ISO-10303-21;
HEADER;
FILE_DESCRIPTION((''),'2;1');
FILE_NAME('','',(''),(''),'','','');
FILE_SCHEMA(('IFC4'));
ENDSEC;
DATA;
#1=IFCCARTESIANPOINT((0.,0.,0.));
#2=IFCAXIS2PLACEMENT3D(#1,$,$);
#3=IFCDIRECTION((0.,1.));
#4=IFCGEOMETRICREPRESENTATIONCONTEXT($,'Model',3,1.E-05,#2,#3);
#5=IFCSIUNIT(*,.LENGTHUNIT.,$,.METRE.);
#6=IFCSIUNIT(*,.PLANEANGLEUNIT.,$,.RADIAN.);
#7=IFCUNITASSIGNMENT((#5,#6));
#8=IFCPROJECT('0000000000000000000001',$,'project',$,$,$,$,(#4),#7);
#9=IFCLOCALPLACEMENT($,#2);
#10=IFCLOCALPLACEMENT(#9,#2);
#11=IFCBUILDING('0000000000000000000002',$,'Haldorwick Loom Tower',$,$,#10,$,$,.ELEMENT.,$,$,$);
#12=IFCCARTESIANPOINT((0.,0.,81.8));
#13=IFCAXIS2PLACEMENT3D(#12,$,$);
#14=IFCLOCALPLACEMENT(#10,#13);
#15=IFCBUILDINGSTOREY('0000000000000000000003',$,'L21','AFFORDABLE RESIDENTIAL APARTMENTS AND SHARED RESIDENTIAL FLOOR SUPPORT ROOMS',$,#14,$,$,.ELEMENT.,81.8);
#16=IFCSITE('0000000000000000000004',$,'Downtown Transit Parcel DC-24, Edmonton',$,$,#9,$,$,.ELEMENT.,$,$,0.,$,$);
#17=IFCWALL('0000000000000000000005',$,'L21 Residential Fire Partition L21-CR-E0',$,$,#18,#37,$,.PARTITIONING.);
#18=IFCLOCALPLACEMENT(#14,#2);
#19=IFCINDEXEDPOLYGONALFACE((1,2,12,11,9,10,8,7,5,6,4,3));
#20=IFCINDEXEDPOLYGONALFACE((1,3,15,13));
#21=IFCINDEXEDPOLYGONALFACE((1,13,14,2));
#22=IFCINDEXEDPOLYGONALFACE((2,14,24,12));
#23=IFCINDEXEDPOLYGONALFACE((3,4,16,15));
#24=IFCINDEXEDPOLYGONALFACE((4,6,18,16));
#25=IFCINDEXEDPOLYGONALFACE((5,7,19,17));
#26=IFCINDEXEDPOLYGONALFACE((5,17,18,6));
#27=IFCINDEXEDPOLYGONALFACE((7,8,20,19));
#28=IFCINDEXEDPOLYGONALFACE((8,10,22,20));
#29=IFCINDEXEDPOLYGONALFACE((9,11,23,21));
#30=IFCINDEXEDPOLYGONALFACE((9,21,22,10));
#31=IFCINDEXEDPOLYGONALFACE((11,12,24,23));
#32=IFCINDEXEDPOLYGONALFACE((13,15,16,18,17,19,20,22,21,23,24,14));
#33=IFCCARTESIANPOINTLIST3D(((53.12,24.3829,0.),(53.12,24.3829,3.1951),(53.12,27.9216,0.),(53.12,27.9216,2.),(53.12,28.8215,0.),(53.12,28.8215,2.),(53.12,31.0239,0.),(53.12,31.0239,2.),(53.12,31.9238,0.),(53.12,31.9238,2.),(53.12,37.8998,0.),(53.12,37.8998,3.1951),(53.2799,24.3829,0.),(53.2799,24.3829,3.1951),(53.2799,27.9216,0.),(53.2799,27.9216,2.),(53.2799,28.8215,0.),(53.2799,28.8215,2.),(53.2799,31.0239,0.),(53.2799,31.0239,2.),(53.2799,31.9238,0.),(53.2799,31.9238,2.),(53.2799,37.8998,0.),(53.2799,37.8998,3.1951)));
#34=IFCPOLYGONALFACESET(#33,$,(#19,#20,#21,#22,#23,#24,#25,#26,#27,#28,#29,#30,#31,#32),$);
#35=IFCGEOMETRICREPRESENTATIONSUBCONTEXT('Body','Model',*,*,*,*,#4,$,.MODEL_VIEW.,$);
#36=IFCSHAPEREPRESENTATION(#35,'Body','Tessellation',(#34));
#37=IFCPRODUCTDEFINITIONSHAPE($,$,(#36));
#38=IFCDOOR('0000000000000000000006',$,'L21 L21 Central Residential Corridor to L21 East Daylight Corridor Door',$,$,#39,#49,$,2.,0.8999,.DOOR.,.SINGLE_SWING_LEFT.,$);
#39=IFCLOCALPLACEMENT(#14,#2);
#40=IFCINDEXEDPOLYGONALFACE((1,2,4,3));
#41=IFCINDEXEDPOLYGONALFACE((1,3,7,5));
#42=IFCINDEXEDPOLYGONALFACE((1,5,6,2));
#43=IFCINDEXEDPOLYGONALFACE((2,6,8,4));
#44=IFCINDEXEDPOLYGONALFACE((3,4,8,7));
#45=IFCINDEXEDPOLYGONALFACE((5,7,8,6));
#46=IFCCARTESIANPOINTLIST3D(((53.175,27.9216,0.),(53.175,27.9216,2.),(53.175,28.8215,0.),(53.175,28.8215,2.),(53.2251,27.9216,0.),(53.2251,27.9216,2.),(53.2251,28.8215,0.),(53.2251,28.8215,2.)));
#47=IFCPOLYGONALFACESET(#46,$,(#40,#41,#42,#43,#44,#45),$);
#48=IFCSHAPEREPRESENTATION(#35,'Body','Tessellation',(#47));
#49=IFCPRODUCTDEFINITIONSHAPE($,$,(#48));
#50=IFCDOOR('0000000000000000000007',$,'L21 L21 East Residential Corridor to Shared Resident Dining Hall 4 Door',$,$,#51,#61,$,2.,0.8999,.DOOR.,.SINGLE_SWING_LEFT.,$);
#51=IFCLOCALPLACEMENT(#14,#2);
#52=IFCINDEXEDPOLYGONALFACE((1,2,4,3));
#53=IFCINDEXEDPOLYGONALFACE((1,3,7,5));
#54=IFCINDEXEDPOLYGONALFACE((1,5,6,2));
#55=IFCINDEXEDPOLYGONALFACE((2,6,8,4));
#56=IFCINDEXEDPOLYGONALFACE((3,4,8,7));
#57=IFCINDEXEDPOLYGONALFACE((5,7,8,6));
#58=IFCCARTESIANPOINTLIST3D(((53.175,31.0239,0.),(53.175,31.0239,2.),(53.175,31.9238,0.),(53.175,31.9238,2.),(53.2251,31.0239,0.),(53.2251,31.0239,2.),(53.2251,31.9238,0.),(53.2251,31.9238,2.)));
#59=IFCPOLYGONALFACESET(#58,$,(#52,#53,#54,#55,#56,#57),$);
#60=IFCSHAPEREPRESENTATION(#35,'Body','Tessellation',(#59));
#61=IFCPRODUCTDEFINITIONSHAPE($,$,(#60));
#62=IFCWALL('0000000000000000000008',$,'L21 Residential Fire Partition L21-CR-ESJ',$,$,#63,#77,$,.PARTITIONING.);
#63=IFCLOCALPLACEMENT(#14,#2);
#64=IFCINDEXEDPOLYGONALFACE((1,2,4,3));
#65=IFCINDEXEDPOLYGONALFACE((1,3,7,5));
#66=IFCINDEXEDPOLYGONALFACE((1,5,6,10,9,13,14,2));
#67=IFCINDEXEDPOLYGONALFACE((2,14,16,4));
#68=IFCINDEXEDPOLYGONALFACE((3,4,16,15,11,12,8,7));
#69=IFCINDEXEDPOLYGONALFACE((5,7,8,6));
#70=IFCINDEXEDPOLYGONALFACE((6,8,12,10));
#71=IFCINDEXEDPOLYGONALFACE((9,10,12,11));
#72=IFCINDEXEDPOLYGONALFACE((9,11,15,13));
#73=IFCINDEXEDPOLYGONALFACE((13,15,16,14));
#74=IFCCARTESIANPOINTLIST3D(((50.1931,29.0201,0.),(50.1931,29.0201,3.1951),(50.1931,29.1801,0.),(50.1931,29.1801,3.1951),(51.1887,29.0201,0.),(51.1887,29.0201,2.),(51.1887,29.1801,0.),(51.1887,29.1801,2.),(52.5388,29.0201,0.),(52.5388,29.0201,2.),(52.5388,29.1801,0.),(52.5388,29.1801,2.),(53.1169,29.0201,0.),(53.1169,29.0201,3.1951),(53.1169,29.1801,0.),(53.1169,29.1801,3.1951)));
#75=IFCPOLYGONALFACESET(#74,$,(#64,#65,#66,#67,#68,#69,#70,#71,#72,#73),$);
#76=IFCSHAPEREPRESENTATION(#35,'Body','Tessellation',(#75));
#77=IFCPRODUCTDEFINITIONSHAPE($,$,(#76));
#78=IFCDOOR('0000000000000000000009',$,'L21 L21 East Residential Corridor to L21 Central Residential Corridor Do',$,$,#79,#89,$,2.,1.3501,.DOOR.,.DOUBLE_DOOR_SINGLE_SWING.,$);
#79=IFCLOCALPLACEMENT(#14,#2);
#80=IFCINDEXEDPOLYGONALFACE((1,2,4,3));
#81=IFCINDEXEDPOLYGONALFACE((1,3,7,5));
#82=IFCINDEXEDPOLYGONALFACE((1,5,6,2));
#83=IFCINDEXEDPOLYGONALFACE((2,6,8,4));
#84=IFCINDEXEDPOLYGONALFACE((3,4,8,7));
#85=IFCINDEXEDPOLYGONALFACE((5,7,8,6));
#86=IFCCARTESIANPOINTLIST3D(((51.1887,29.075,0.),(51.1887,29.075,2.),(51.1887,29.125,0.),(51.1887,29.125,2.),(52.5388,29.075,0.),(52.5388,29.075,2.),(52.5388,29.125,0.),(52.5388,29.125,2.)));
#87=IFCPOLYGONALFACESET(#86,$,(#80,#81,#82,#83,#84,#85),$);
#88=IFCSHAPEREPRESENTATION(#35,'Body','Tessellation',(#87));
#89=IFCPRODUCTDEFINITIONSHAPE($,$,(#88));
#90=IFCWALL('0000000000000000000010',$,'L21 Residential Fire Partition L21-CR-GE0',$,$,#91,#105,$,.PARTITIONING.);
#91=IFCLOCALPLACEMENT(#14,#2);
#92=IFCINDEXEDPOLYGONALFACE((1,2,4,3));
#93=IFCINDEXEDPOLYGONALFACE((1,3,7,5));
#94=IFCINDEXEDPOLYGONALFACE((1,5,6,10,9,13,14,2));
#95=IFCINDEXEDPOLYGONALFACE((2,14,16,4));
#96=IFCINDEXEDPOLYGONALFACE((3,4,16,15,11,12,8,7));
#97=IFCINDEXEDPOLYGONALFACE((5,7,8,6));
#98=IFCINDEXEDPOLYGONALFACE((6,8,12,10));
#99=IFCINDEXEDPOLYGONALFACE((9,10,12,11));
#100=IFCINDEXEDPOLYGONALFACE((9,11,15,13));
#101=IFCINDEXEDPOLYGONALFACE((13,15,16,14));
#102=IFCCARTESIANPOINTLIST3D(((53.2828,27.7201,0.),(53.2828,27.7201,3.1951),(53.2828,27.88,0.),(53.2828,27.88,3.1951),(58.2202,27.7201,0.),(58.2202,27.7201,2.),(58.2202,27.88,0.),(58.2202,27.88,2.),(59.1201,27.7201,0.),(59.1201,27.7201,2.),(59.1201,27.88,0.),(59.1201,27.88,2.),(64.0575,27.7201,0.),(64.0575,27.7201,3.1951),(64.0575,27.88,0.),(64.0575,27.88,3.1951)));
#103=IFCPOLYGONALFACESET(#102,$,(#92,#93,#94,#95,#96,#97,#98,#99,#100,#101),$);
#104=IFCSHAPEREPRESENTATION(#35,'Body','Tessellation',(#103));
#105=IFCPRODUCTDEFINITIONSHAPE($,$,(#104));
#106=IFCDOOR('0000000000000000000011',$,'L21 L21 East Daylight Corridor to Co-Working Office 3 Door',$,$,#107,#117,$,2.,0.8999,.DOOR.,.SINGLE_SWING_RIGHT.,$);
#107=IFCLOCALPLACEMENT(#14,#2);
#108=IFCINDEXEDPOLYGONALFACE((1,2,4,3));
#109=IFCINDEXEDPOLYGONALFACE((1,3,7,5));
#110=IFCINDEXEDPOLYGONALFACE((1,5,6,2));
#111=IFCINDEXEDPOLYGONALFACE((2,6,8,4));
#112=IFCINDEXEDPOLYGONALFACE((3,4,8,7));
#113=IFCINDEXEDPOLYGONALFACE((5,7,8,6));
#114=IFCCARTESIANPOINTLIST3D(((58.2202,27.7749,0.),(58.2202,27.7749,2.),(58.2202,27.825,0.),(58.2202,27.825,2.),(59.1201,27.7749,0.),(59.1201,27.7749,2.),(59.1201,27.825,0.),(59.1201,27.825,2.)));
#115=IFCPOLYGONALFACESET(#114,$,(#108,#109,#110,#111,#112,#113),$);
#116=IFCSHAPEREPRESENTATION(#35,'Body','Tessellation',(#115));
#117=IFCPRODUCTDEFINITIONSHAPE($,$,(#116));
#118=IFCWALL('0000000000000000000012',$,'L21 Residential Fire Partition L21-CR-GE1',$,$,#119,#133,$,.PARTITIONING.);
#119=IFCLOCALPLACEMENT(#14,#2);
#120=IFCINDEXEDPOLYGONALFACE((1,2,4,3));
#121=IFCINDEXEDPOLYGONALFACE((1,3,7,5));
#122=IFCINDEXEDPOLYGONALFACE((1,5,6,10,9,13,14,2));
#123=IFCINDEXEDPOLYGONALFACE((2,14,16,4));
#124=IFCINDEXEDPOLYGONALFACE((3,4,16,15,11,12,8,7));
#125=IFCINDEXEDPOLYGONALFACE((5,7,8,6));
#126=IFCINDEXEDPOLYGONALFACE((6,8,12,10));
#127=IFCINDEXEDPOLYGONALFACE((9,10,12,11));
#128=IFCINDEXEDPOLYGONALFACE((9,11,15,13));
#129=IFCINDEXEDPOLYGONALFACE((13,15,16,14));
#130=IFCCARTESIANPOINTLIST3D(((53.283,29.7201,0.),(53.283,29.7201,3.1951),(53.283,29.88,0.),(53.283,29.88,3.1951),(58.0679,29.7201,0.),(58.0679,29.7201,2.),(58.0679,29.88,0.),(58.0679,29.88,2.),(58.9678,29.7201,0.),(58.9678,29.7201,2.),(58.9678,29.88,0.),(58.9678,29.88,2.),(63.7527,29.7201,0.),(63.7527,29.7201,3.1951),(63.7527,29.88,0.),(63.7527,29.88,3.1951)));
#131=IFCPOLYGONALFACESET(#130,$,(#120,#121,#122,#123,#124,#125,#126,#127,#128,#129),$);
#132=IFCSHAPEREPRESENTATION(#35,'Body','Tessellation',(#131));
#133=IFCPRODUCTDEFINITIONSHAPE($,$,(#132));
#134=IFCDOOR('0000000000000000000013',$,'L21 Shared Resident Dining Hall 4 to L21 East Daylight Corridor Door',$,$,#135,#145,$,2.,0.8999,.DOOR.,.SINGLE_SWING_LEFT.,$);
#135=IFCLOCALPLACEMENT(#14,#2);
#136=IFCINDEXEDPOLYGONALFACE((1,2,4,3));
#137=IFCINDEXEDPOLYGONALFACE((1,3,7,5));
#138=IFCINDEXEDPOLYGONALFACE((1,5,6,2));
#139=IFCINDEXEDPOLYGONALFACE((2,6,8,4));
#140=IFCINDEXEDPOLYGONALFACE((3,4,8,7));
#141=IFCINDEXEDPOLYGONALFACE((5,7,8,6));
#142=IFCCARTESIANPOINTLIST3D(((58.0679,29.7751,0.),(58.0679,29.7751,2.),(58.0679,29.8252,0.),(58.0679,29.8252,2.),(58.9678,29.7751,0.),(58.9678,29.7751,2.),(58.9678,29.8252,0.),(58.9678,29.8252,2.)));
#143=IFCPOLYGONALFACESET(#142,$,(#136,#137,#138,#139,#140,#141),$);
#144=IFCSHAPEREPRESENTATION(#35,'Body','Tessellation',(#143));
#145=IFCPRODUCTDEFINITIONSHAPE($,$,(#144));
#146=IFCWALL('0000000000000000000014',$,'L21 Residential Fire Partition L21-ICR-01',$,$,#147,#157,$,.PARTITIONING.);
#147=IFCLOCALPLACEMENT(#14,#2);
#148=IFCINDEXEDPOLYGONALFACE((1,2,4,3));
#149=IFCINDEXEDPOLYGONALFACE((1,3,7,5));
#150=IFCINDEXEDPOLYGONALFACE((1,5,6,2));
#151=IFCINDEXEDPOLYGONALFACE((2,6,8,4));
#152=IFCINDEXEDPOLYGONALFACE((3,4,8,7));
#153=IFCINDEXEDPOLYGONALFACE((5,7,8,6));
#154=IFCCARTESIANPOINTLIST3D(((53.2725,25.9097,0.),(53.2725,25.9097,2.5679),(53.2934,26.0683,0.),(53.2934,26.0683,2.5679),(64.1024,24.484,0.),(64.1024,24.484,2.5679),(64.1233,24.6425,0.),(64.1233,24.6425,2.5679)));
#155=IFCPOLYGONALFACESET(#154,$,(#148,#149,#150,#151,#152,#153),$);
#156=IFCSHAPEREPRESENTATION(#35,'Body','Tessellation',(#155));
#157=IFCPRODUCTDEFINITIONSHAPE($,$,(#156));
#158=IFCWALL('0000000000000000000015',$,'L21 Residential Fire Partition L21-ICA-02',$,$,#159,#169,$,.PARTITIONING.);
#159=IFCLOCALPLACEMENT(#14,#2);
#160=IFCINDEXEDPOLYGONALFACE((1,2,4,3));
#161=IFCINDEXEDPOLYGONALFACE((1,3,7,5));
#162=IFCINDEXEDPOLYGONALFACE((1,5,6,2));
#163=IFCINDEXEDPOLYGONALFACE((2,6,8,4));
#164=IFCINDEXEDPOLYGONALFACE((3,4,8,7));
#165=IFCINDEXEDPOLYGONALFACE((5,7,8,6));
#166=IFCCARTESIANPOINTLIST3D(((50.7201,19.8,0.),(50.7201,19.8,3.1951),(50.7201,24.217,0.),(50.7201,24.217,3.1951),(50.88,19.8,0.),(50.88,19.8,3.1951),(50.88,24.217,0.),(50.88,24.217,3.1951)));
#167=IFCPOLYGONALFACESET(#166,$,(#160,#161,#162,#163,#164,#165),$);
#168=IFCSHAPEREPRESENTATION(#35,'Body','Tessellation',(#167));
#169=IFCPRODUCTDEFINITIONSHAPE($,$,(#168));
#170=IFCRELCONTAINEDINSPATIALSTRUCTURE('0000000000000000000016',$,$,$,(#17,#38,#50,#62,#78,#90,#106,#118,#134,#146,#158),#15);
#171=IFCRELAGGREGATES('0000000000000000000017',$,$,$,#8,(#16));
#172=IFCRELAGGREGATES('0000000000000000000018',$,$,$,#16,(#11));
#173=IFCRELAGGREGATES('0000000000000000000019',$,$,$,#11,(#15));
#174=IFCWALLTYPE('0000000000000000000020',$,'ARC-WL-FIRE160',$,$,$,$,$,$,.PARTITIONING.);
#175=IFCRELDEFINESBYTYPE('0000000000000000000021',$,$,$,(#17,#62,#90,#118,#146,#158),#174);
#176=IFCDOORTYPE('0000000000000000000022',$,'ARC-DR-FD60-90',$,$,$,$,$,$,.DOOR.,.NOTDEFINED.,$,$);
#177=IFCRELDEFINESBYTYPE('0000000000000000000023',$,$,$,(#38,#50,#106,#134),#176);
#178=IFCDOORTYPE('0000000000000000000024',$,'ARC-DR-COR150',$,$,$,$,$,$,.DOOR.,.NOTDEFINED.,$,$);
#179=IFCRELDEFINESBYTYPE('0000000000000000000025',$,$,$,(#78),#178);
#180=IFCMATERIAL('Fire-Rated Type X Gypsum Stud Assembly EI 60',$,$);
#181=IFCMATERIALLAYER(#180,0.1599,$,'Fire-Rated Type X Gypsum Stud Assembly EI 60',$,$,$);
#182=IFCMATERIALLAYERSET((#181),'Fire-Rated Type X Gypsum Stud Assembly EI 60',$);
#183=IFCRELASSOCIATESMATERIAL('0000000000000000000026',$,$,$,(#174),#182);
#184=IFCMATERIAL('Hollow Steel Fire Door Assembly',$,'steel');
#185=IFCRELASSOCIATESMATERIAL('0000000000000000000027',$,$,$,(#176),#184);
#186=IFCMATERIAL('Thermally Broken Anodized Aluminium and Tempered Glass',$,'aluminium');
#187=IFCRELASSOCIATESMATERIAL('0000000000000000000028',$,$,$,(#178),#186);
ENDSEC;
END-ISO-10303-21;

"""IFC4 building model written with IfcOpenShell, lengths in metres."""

from ifc_helpers import new_model, si_unit, direction, frame, frame_2d, origin, place, context, subcontext, project, spatial, rectangle, extrude, material, layer, layer_set, type_object, element, fill, save


model = new_model("IFC4")

# Units and contexts
model_context = context("Model", 3, precision=1e-05, world=origin(), true_north=direction((0.0, 1.0)))
body_context = subcontext(model_context, "Body", "Model", "MODEL_VIEW")
ifc_project = project(units=[si_unit("LENGTHUNIT", "METRE"), si_unit("PLANEANGLEUNIT", "RADIAN")], contexts=[model_context])

# Site, building, storey
site_placement = place(None, origin())
site = spatial("IfcSite", under=ifc_project, at=site_placement, Name="Downtown Transit Parcel DC-24, Edmonton", CompositionType="ELEMENT", RefElevation=0.0)
building_placement = place(site_placement, origin())
building = spatial("IfcBuilding", under=site, at=building_placement, Name="Haldorwick Loom Tower", CompositionType="ELEMENT")
storey_placement = place(building_placement, frame((0.0, 0.0, 81.8)))
storey = spatial("IfcBuildingStorey", under=building, at=storey_placement, Name="L21", Description="AFFORDABLE RESIDENTIAL APARTMENTS AND SHARED RESIDENTIAL FLOOR SUPPORT ROOMS", CompositionType="ELEMENT", Elevation=81.8)

# Wall, openings, doors
ifc_material_1 = material(Name="Fire-Rated Type X Gypsum Stud Assembly EI 60")
ifc_layer_1 = layer(ifc_material_1, 0.1599, Name="Fire-Rated Type X Gypsum Stud Assembly EI 60")
ifc_layer_set_1 = layer_set([ifc_layer_1], Name="Fire-Rated Type X Gypsum Stud Assembly EI 60")
wall_type_1 = type_object("IfcWallType", Name="ARC-WL-FIRE160", PredefinedType="PARTITIONING", material=ifc_layer_set_1)
wall_1_placement = place(storey_placement, frame((53.2, 24.3831, 0.0), z_axis=(0.0, 0.0, 1.0), x_axis=(0.0, 1.0, 0.0)))
wall_1 = element("IfcWall", 1, at=wall_1_placement, inside=storey, type_object=wall_type_1, Name="L21 Residential Fire Partition L21-CR-E0", PredefinedType="PARTITIONING", context=body_context, shape_type="SweptSolid", body=[
    extrude(rectangle(XDim=13.5168, YDim=0.1599, at=frame_2d((6.7583, 0.0))), origin(), (0.0, 0.0, 1.0), 3.1951),
])
opening_1_placement = place(wall_1_placement, frame((3.5386, 0.0, 0.0)))
opening_1 = element("IfcOpeningElement", 2, at=opening_1_placement, cuts=wall_1, PredefinedType="OPENING", context=body_context, shape_type="SweptSolid", body=[
    extrude(rectangle(XDim=0.8999, YDim=2.0, at=frame_2d((0.45, 1.0))), frame((0.0, 0.0898, 0.0), z_axis=(0.0, -1.0, 0.0), x_axis=(1.0, 0.0, 0.0)), (0.0, 0.0, 1.0), 0.1799),
])
opening_2_placement = place(wall_1_placement, frame((6.6409, 0.0, 0.0)))
opening_2 = element("IfcOpeningElement", 3, at=opening_2_placement, cuts=wall_1, PredefinedType="OPENING", context=body_context, shape_type="SweptSolid", body=[
    extrude(rectangle(XDim=0.8999, YDim=2.0, at=frame_2d((0.45, 1.0))), frame((0.0, 0.0898, 0.0), z_axis=(0.0, -1.0, 0.0), x_axis=(1.0, 0.0, 0.0)), (0.0, 0.0, 1.0), 0.1799),
])
ifc_material_2 = material(Name="Hollow Steel Fire Door Assembly", Category="steel")
door_type_1 = type_object("IfcDoorType", Name="ARC-DR-FD60-90", OperationType="NOTDEFINED", PredefinedType="DOOR", material=ifc_material_2)
door_1_placement = place(opening_1_placement, origin())
door_1 = element("IfcDoor", 4, at=door_1_placement, inside=storey, type_object=door_type_1, Name="L21 L21 Central Residential Corridor to L21 East Daylight Corridor Door", OperationType="SINGLE_SWING_LEFT", OverallHeight=2.0, OverallWidth=0.8999, PredefinedType="DOOR", context=body_context, shape_type="SweptSolid", body=[
    extrude(rectangle(XDim=0.8999, YDim=2.0, at=frame_2d((0.45, 1.0))), frame((0.0, 0.0249, 0.0), z_axis=(0.0, -1.0, 0.0), x_axis=(1.0, 0.0, 0.0)), (0.0, 0.0, 1.0), 0.05),
])
fill(opening_1, door_1)
door_2_placement = place(opening_2_placement, origin())
door_2 = element("IfcDoor", 5, at=door_2_placement, inside=storey, type_object=door_type_1, Name="L21 L21 East Residential Corridor to Shared Resident Dining Hall 4 Door", OperationType="SINGLE_SWING_LEFT", OverallHeight=2.0, OverallWidth=0.8999, PredefinedType="DOOR", context=body_context, shape_type="SweptSolid", body=[
    extrude(rectangle(XDim=0.8999, YDim=2.0, at=frame_2d((0.45, 1.0))), frame((0.0, 0.0249, 0.0), z_axis=(0.0, -1.0, 0.0), x_axis=(1.0, 0.0, 0.0)), (0.0, 0.0, 1.0), 0.05),
])
fill(opening_2, door_2)

# Walls, openings, doors
wall_2_placement = place(storey_placement, frame((50.1931, 29.1001, 0.0), z_axis=(0.0, 0.0, 1.0), x_axis=(1.0, 0.0, 0.0)))
wall_2 = element("IfcWall", 6, at=wall_2_placement, inside=storey, type_object=wall_type_1, Name="L21 Residential Fire Partition L21-CR-ESJ", PredefinedType="PARTITIONING", context=body_context, shape_type="SweptSolid", body=[
    extrude(rectangle(XDim=2.9238, YDim=0.1599, at=frame_2d((1.4619, 0.0))), origin(), (0.0, 0.0, 1.0), 3.1951),
])
opening_3_placement = place(wall_2_placement, frame((0.9956, 0.0, 0.0)))
opening_3 = element("IfcOpeningElement", 7, at=opening_3_placement, cuts=wall_2, PredefinedType="OPENING", context=body_context, shape_type="SweptSolid", body=[
    extrude(rectangle(XDim=1.3501, YDim=2.0, at=frame_2d((0.675, 1.0))), frame((0.0, 0.0898, 0.0), z_axis=(0.0, -1.0, 0.0), x_axis=(1.0, 0.0, 0.0)), (0.0, 0.0, 1.0), 0.1799),
])
ifc_material_3 = material(Name="Thermally Broken Anodized Aluminium and Tempered Glass", Category="aluminium")
door_type_2 = type_object("IfcDoorType", Name="ARC-DR-COR150", OperationType="NOTDEFINED", PredefinedType="DOOR", material=ifc_material_3)
door_3_placement = place(opening_3_placement, origin())
door_3 = element("IfcDoor", 8, at=door_3_placement, inside=storey, type_object=door_type_2, Name="L21 L21 East Residential Corridor to L21 Central Residential Corridor Do", OperationType="DOUBLE_DOOR_SINGLE_SWING", OverallHeight=2.0, OverallWidth=1.3501, PredefinedType="DOOR", context=body_context, shape_type="SweptSolid", body=[
    extrude(rectangle(XDim=1.3501, YDim=2.0, at=frame_2d((0.675, 1.0))), frame((0.0, 0.0249, 0.0), z_axis=(0.0, -1.0, 0.0), x_axis=(1.0, 0.0, 0.0)), (0.0, 0.0, 1.0), 0.05),
])
fill(opening_3, door_3)
wall_3_placement = place(storey_placement, frame((53.283, 27.8, 0.0), z_axis=(0.0, 0.0, 1.0), x_axis=(1.0, 0.0, 0.0)))
wall_3 = element("IfcWall", 9, at=wall_3_placement, inside=storey, type_object=wall_type_1, Name="L21 Residential Fire Partition L21-CR-GE0", PredefinedType="PARTITIONING", context=body_context, shape_type="SweptSolid", body=[
    extrude(rectangle(XDim=10.7747, YDim=0.1599, at=frame_2d((5.3872, 0.0))), origin(), (0.0, 0.0, 1.0), 3.1951),
])
opening_4_placement = place(wall_3_placement, frame((4.9373, 0.0, 0.0)))
opening_4 = element("IfcOpeningElement", 10, at=opening_4_placement, cuts=wall_3, PredefinedType="OPENING", context=body_context, shape_type="SweptSolid", body=[
    extrude(rectangle(XDim=0.8999, YDim=2.0, at=frame_2d((0.45, 1.0))), frame((0.0, 0.0898, 0.0), z_axis=(0.0, -1.0, 0.0), x_axis=(1.0, 0.0, 0.0)), (0.0, 0.0, 1.0), 0.1799),
])
door_4_placement = place(opening_4_placement, origin())
door_4 = element("IfcDoor", 11, at=door_4_placement, inside=storey, type_object=door_type_1, Name="L21 L21 East Daylight Corridor to Co-Working Office 3 Door", OperationType="SINGLE_SWING_RIGHT", OverallHeight=2.0, OverallWidth=0.8999, PredefinedType="DOOR", context=body_context, shape_type="SweptSolid", body=[
    extrude(rectangle(XDim=0.8999, YDim=2.0, at=frame_2d((0.45, 1.0))), frame((0.0, 0.0249, 0.0), z_axis=(0.0, -1.0, 0.0), x_axis=(1.0, 0.0, 0.0)), (0.0, 0.0, 1.0), 0.05),
])
fill(opening_4, door_4)
wall_4_placement = place(storey_placement, frame((53.283, 29.8, 0.0), z_axis=(0.0, 0.0, 1.0), x_axis=(1.0, 0.0, 0.0)))
wall_4 = element("IfcWall", 12, at=wall_4_placement, inside=storey, type_object=wall_type_1, Name="L21 Residential Fire Partition L21-CR-GE1", PredefinedType="PARTITIONING", context=body_context, shape_type="SweptSolid", body=[
    extrude(rectangle(XDim=10.4697, YDim=0.1599, at=frame_2d((5.2349, 0.0))), origin(), (0.0, 0.0, 1.0), 3.1951),
])
opening_5_placement = place(wall_4_placement, frame((4.7849, 0.0, 0.0)))
opening_5 = element("IfcOpeningElement", 13, at=opening_5_placement, cuts=wall_4, PredefinedType="OPENING", context=body_context, shape_type="SweptSolid", body=[
    extrude(rectangle(XDim=0.8999, YDim=2.0, at=frame_2d((0.45, 1.0))), frame((0.0, 0.0898, 0.0), z_axis=(0.0, -1.0, 0.0), x_axis=(1.0, 0.0, 0.0)), (0.0, 0.0, 1.0), 0.1799),
])
door_5_placement = place(opening_5_placement, frame((0.8999, 0.0, 0.0), z_axis=(0.0, 0.0, 1.0), x_axis=(-1.0, 0.0, 0.0)))
door_5 = element("IfcDoor", 14, at=door_5_placement, inside=storey, type_object=door_type_1, Name="L21 Shared Resident Dining Hall 4 to L21 East Daylight Corridor Door", OperationType="SINGLE_SWING_LEFT", OverallHeight=2.0, OverallWidth=0.8999, PredefinedType="DOOR", context=body_context, shape_type="SweptSolid", body=[
    extrude(rectangle(XDim=0.8999, YDim=2.0, at=frame_2d((0.45, 1.0))), frame((0.0, 0.0249, 0.0), z_axis=(0.0, -1.0, 0.0), x_axis=(1.0, 0.0, 0.0)), (0.0, 0.0, 1.0), 0.05),
])
fill(opening_5, door_5)

# Walls
wall_5_placement = place(storey_placement, frame((53.283, 25.989, 0.0), z_axis=(0.0, 0.0, 1.0), x_axis=(0.991445, -0.130527, 0.0)))
element("IfcWall", 15, at=wall_5_placement, inside=storey, type_object=wall_type_1, Name="L21 Residential Fire Partition L21-ICR-01", PredefinedType="PARTITIONING", context=body_context, shape_type="SweptSolid", body=[
    extrude(rectangle(XDim=10.9233, YDim=0.1599, at=frame_2d((5.4617, 0.0))), origin(), (0.0, 0.0, 1.0), 2.5679),
])
wall_6_placement = place(storey_placement, frame((50.8, 24.217, 0.0), z_axis=(0.0, 0.0, 1.0), x_axis=(0.0, -1.0, 0.0)))
element("IfcWall", 16, at=wall_6_placement, inside=storey, type_object=wall_type_1, Name="L21 Residential Fire Partition L21-ICA-02", PredefinedType="PARTITIONING", context=body_context, shape_type="SweptSolid", body=[
    extrude(rectangle(XDim=4.417, YDim=0.1599, at=frame_2d((2.2085, 0.0))), origin(), (0.0, 0.0, 1.0), 3.1951),
])

save(model, "model.ifc")
